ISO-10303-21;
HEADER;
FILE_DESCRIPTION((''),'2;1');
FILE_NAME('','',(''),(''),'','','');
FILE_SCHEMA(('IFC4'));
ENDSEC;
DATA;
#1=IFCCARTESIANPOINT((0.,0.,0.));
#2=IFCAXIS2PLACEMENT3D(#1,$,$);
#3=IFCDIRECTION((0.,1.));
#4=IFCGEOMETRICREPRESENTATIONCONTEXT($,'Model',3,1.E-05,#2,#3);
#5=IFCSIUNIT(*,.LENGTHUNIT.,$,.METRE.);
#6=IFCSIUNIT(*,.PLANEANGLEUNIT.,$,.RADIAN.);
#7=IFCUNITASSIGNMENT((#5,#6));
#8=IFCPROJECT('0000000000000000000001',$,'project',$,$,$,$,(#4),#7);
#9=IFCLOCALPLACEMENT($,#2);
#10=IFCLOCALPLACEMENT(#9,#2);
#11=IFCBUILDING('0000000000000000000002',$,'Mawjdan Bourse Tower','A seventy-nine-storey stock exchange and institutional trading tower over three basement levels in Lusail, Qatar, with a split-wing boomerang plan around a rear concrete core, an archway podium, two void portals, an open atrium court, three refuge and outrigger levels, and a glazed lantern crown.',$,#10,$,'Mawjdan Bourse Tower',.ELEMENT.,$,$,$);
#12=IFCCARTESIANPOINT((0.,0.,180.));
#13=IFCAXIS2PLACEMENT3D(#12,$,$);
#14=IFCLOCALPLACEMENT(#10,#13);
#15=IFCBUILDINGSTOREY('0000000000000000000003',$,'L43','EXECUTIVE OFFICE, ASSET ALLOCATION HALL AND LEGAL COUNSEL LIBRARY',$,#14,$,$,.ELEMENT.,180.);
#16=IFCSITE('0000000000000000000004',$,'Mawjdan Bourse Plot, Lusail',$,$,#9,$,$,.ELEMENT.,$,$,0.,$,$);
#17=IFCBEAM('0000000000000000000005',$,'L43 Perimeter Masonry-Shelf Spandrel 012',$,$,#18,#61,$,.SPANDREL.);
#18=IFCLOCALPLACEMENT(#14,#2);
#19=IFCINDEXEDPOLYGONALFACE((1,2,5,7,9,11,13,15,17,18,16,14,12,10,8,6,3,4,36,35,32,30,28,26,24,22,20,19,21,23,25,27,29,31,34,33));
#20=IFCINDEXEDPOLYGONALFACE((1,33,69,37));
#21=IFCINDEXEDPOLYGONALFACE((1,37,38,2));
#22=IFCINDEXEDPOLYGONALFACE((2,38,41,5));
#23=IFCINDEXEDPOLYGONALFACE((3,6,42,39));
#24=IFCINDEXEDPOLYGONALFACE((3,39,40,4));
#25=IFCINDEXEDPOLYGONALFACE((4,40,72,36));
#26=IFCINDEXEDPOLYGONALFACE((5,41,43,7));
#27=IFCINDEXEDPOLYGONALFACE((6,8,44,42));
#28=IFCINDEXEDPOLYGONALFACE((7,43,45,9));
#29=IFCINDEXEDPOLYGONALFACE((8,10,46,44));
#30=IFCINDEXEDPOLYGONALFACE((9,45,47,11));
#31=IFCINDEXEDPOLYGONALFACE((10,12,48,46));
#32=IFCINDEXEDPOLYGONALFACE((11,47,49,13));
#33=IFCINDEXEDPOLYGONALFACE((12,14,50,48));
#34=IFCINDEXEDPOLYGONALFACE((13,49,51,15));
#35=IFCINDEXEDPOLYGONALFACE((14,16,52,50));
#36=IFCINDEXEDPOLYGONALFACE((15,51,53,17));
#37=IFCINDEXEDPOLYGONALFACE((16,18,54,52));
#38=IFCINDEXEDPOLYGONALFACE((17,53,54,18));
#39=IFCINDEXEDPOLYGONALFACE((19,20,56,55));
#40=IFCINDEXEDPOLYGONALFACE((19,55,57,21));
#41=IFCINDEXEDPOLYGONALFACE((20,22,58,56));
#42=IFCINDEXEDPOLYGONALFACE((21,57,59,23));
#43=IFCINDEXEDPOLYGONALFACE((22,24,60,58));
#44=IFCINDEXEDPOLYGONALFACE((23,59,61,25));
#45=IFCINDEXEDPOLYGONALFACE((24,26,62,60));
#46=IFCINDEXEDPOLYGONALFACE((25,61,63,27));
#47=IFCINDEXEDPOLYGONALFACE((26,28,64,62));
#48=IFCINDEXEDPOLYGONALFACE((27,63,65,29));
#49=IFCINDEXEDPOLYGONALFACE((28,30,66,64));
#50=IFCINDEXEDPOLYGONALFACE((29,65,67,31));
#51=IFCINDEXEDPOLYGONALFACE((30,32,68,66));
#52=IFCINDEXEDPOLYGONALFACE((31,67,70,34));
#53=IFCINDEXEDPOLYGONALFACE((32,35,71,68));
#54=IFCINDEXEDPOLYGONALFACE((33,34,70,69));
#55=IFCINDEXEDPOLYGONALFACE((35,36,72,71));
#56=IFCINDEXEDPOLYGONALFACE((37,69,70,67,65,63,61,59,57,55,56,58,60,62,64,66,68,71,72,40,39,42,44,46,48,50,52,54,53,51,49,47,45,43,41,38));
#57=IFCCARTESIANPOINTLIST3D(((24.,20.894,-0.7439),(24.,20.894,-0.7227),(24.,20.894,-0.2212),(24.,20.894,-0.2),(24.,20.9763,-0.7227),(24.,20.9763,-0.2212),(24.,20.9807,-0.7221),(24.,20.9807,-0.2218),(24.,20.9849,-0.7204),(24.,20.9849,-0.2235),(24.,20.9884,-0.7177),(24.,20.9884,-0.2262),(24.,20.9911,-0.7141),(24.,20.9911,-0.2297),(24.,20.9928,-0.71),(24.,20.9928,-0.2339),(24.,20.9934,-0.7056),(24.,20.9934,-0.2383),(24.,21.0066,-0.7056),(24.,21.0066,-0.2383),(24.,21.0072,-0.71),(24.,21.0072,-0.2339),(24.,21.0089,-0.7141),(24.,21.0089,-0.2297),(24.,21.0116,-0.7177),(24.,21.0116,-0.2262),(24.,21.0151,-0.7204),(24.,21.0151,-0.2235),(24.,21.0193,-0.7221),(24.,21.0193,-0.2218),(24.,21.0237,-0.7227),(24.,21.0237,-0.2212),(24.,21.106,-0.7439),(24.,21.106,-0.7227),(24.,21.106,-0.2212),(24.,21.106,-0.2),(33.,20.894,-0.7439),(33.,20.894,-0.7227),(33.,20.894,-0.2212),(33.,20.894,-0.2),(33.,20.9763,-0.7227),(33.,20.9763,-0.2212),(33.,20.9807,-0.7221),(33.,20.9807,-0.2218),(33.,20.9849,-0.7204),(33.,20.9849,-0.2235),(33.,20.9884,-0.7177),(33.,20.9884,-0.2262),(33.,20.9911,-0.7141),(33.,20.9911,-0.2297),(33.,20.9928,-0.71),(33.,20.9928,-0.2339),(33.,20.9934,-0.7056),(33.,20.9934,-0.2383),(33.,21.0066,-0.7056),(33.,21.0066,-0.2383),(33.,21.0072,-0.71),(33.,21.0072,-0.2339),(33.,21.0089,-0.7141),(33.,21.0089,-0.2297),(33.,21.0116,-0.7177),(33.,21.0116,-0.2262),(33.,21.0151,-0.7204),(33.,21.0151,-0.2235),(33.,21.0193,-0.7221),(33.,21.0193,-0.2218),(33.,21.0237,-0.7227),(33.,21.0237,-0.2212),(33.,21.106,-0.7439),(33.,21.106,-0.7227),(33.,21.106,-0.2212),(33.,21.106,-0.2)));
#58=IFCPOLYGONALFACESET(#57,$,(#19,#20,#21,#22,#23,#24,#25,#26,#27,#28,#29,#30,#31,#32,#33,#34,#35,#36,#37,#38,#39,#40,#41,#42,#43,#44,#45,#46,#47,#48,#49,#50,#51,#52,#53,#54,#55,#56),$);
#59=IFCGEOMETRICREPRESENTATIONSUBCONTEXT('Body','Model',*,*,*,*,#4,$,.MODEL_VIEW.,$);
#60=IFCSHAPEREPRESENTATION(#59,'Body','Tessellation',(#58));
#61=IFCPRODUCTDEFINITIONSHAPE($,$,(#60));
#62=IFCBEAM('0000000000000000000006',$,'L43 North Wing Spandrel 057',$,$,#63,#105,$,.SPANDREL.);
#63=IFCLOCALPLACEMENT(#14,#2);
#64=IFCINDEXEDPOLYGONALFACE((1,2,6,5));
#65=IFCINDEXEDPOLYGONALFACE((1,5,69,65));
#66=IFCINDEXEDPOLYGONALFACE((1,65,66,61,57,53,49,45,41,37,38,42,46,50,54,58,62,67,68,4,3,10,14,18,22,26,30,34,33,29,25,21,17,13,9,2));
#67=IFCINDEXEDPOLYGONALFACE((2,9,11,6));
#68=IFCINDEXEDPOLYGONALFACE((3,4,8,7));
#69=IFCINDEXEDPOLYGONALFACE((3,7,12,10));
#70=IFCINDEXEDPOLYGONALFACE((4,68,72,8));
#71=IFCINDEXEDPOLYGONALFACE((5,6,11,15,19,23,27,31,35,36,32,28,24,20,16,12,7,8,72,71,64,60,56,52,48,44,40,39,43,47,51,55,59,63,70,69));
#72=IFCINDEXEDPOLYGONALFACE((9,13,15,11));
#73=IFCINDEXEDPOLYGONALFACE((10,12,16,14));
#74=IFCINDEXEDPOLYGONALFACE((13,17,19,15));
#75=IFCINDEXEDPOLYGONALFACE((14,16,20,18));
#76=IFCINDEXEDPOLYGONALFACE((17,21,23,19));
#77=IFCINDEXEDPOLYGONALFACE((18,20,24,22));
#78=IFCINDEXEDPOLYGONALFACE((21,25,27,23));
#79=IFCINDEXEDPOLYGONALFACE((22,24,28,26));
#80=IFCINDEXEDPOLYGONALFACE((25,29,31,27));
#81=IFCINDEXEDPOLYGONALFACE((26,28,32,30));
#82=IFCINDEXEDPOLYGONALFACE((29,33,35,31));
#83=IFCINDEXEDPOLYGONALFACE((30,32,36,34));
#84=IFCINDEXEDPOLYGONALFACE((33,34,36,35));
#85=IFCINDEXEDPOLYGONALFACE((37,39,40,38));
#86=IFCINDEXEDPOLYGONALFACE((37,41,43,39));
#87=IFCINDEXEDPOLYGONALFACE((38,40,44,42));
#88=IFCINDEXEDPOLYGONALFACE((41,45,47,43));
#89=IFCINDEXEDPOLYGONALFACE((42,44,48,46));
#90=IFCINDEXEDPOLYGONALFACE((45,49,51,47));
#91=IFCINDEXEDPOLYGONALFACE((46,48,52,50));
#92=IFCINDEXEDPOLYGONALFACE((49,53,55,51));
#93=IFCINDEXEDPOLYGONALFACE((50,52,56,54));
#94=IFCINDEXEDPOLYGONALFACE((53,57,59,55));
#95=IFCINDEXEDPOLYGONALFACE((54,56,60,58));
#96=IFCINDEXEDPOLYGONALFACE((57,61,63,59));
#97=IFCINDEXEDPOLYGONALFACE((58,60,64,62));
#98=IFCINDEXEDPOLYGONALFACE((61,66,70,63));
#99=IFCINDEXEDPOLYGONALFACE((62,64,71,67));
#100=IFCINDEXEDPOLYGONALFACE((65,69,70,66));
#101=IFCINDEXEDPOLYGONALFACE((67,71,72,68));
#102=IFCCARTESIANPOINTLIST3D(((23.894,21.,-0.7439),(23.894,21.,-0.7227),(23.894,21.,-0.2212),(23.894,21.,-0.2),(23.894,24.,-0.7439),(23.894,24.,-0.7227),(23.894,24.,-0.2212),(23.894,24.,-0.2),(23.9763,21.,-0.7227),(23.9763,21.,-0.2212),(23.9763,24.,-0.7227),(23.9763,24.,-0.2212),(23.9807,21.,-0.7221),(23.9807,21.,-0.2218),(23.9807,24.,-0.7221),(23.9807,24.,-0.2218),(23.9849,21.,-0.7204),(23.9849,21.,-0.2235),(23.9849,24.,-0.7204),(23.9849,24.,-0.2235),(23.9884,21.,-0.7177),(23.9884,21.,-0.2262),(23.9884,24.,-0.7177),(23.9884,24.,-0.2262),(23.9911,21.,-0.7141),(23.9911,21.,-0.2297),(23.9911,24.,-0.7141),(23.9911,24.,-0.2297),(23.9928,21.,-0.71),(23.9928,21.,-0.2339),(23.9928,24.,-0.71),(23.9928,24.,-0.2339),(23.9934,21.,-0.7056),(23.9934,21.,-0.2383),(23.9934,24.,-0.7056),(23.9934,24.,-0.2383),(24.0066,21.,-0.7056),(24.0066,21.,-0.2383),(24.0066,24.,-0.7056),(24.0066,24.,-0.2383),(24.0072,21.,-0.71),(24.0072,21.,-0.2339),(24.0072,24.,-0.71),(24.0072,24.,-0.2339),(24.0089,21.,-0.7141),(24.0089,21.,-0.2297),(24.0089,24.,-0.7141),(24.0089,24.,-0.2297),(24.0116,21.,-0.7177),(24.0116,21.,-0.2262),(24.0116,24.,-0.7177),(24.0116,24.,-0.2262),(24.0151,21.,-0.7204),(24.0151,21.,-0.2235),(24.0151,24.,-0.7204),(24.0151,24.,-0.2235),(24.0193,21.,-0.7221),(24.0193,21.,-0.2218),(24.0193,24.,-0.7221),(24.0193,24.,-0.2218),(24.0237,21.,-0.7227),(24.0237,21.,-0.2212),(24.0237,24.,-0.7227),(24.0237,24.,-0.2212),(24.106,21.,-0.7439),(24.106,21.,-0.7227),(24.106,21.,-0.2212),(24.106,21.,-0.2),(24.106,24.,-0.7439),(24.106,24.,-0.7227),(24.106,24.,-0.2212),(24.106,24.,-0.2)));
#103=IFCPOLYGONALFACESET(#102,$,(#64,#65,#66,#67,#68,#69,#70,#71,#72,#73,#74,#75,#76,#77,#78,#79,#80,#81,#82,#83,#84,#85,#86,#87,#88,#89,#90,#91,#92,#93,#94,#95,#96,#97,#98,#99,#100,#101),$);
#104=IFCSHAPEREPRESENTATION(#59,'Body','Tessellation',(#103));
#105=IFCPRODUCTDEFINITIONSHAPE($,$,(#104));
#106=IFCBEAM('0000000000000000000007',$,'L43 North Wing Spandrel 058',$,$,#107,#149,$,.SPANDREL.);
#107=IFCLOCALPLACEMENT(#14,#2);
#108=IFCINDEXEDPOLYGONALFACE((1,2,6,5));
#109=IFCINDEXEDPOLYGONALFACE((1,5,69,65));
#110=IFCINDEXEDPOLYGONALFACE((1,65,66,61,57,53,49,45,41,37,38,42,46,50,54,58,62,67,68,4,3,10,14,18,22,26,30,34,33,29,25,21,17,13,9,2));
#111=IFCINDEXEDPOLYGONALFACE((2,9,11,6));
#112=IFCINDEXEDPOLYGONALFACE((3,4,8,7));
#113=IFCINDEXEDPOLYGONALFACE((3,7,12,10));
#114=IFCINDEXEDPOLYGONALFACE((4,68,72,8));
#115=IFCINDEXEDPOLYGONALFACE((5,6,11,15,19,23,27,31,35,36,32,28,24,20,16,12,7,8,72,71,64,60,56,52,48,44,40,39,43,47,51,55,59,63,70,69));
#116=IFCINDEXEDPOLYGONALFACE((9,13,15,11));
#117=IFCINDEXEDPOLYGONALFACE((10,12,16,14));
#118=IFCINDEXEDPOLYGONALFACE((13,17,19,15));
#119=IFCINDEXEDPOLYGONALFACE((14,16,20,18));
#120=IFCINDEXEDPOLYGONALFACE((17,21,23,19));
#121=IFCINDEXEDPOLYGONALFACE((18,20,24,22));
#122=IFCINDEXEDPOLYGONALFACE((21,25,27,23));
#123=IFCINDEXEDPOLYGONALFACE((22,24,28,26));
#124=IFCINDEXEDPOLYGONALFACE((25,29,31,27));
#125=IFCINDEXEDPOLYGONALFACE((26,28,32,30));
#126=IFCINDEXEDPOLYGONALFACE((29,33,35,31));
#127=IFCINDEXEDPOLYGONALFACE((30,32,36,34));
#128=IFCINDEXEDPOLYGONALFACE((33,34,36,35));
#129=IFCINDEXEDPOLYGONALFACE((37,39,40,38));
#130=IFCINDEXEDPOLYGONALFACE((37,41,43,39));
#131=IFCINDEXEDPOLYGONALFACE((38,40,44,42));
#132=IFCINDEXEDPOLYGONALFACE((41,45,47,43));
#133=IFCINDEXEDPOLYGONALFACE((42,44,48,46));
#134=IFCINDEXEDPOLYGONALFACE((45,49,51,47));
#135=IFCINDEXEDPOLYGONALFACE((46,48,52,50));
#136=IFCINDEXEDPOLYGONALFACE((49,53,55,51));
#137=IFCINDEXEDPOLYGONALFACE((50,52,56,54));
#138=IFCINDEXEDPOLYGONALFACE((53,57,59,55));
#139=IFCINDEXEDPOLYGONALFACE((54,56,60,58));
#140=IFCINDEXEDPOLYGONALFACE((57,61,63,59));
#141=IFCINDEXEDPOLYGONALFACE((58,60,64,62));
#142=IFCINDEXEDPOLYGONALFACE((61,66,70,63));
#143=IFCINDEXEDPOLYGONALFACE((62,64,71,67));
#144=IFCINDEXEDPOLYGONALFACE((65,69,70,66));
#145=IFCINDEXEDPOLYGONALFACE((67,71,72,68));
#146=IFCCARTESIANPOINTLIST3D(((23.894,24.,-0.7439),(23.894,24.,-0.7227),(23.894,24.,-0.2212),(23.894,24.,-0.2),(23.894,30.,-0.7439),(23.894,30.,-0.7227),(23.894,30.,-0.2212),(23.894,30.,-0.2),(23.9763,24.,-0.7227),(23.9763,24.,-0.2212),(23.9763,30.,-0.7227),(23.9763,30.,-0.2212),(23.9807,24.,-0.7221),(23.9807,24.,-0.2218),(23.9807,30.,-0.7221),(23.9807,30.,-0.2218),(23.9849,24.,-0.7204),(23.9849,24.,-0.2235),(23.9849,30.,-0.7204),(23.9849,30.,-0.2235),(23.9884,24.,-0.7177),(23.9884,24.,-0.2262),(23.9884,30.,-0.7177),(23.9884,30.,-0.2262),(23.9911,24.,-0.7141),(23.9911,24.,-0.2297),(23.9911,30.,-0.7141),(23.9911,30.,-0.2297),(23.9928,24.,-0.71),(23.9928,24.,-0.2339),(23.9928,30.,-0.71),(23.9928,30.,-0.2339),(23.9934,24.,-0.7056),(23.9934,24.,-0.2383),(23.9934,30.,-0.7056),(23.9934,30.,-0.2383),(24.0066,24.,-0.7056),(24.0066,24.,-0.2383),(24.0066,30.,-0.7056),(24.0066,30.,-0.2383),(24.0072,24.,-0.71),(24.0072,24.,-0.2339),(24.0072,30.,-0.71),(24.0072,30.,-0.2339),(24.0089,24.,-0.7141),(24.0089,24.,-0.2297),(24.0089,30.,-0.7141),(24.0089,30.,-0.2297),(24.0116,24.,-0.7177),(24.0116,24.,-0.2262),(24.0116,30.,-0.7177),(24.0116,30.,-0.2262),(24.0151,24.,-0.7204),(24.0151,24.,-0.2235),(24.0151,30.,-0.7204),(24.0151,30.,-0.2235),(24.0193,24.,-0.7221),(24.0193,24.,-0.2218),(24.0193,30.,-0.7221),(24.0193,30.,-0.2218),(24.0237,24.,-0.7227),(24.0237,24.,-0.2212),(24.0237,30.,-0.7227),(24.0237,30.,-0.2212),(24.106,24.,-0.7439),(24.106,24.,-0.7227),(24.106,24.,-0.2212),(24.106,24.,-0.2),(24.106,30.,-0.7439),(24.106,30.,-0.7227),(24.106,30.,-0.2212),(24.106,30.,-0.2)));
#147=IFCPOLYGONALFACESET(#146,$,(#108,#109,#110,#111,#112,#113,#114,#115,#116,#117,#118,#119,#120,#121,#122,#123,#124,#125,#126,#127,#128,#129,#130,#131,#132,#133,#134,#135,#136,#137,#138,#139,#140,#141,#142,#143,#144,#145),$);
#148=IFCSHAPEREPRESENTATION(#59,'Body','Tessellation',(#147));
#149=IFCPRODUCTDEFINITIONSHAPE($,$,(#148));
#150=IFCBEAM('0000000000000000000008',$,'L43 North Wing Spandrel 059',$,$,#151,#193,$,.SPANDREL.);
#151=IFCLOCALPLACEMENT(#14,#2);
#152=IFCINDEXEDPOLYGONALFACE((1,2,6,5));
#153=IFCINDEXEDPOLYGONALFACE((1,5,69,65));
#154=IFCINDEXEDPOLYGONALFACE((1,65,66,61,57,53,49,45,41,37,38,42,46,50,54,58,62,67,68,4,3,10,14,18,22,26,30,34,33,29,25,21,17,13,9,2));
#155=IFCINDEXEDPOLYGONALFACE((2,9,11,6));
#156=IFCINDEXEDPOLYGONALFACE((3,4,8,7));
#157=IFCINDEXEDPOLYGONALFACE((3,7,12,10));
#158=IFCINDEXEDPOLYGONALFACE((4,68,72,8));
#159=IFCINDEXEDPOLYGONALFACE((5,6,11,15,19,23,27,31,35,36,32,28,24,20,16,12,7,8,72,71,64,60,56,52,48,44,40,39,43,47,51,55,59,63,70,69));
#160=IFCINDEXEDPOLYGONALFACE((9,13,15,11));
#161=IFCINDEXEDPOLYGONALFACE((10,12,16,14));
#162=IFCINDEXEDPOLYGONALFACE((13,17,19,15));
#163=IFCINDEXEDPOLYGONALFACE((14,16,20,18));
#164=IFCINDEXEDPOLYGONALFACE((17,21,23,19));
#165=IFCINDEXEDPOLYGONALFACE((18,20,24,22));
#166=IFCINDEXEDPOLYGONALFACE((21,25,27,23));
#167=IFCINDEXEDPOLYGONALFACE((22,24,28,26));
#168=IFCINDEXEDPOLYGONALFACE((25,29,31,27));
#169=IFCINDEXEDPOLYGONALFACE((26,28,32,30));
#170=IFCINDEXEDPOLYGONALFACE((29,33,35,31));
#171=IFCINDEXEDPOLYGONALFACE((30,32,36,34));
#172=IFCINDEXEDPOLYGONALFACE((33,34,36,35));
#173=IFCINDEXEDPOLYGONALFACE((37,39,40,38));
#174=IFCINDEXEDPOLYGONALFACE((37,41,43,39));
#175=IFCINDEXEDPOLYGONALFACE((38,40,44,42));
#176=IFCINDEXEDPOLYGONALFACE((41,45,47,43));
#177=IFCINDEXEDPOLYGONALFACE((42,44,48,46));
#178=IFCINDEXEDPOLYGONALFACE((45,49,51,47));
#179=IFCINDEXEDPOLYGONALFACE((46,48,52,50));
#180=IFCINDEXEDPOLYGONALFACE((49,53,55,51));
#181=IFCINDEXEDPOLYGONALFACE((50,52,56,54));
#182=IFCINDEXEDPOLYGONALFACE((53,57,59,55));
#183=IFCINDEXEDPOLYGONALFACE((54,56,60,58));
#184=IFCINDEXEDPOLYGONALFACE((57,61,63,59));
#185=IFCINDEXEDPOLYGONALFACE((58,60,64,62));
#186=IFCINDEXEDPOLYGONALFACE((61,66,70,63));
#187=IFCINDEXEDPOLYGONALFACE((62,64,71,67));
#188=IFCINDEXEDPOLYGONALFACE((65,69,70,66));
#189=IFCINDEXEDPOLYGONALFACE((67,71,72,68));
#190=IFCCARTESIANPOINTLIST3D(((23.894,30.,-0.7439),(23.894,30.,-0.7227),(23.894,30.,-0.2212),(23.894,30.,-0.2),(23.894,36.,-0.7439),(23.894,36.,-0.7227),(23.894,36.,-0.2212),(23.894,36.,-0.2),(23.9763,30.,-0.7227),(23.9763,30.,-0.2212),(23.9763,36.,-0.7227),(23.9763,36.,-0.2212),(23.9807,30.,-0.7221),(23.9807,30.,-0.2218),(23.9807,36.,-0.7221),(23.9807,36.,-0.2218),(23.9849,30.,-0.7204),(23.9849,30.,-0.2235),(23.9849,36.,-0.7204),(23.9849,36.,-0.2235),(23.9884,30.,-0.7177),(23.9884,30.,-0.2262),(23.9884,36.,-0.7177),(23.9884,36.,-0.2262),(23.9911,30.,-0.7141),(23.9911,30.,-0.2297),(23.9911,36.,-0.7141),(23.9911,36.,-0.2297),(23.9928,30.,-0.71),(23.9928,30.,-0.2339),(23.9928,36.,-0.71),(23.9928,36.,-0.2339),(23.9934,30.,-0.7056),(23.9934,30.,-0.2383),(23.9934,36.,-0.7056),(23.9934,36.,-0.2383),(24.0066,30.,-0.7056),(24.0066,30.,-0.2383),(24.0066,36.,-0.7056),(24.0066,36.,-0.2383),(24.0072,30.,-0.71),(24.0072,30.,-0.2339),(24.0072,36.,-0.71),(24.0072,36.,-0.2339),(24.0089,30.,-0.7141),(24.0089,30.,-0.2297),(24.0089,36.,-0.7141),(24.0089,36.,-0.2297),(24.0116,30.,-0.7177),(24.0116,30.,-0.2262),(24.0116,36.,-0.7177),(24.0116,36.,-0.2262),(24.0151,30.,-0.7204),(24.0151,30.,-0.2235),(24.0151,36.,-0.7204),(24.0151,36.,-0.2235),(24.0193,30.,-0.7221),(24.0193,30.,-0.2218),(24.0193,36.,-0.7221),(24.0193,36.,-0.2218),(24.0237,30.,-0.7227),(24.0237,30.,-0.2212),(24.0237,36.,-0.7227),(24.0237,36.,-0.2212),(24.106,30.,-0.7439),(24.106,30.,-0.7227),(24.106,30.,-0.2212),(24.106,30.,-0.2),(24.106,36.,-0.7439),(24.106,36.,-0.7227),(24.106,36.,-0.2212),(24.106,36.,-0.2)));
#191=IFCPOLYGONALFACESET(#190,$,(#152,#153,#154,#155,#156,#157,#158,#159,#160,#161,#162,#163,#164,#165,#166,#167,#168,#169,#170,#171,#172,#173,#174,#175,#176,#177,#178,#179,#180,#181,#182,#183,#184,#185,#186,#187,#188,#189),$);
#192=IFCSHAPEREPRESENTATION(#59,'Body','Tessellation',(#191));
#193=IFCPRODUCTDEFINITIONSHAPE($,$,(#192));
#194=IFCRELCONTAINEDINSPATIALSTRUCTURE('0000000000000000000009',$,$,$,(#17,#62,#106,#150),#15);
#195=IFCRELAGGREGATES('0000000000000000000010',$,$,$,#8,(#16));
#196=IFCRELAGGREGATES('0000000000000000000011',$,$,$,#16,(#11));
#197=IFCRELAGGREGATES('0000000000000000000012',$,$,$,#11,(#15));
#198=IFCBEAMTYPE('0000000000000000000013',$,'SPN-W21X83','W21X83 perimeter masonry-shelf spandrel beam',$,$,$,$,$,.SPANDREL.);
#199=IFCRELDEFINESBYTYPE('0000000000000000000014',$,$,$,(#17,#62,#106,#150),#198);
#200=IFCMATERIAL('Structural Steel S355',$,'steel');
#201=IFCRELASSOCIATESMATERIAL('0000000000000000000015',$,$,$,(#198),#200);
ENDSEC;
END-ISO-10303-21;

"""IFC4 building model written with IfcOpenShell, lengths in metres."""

from ifc_helpers import new_model, si_unit, direction, frame, origin, origin_2d, place, context, subcontext, project, spatial, i_section, extrude, material, material_profile, profile_set, type_object, element, save


model = new_model("IFC4")

# Units and contexts
model_context = context("Model", 3, precision=1e-05, world=origin(), true_north=direction((0.0, 1.0)))
body_context = subcontext(model_context, "Body", "Model", "MODEL_VIEW")
ifc_project = project(units=[si_unit("LENGTHUNIT", "METRE"), si_unit("PLANEANGLEUNIT", "RADIAN")], contexts=[model_context])

# Site, building, storey
site_placement = place(None, origin())
site = spatial("IfcSite", under=ifc_project, at=site_placement, Name="Mawjdan Bourse Plot, Lusail", CompositionType="ELEMENT", RefElevation=0.0)
building_placement = place(site_placement, origin())
building = spatial("IfcBuilding", under=site, at=building_placement, Name="Mawjdan Bourse Tower", Description="A seventy-nine-storey stock exchange and institutional trading tower over three basement levels in Lusail, Qatar, with a split-wing boomerang plan around a rear concrete core, an archway podium, two void portals, an open atrium court, three refuge and outrigger levels, and a glazed lantern crown.", LongName="Mawjdan Bourse Tower", CompositionType="ELEMENT")
storey_placement = place(building_placement, frame((0.0, 0.0, 180.0)))
storey = spatial("IfcBuildingStorey", under=building, at=storey_placement, Name="L43", Description="EXECUTIVE OFFICE, ASSET ALLOCATION HALL AND LEGAL COUNSEL LIBRARY", CompositionType="ELEMENT", Elevation=180.0)

# Beams
ifc_material_1 = material(Name="Structural Steel S355", Category="steel")
ifc_material_profile_1 = material_profile(ifc_material_1, i_section(OverallWidth=0.2119, OverallDepth=0.5439, WebThickness=0.0132, FlangeThickness=0.0212, FilletRadius=0.0171, at=origin_2d()), Name="W21X83")
ifc_profile_set_1 = profile_set([ifc_material_profile_1], Name="Structural Steel S355")
beam_type_1 = type_object("IfcBeamType", Name="SPN-W21X83", Description="W21X83 perimeter masonry-shelf spandrel beam", PredefinedType="SPANDREL", material=ifc_profile_set_1)
beam_1_placement = place(storey_placement, frame((24.0, 21.0, -0.4719), z_axis=(1.0, 0.0, 0.0), x_axis=(0.0, 1.0, 0.0)))
element("IfcBeam", 1, at=beam_1_placement, inside=storey, type_object=beam_type_1, Name="L43 Perimeter Masonry-Shelf Spandrel 012", PredefinedType="SPANDREL", context=body_context, shape_type="SweptSolid", body=[
    extrude(i_section(OverallWidth=0.2119, OverallDepth=0.5439, WebThickness=0.0132, FlangeThickness=0.0212, FilletRadius=0.0171, at=origin_2d()), origin(), (0.0, 0.0, 1.0), 9.0),
])
beam_2_placement = place(storey_placement, frame((24.0, 21.0, -0.4719), z_axis=(0.0, 1.0, 0.0), x_axis=(-1.0, 0.0, 0.0)))
element("IfcBeam", 2, at=beam_2_placement, inside=storey, type_object=beam_type_1, Name="L43 North Wing Spandrel 057", PredefinedType="SPANDREL", context=body_context, shape_type="SweptSolid", body=[
    extrude(i_section(OverallWidth=0.2119, OverallDepth=0.5439, WebThickness=0.0132, FlangeThickness=0.0212, FilletRadius=0.0171, at=origin_2d()), origin(), (0.0, 0.0, 1.0), 3.0),
])
for number, where, z_axis, x_axis, name in (
    (3, (24.0, 24.0, -0.4719), (0.0, 1.0, 0.0), (-1.0, 0.0, 0.0), "L43 North Wing Spandrel 058"),
    (4, (24.0, 30.0, -0.4719), (0.0, 1.0, 0.0), (-1.0, 0.0, 0.0), "L43 North Wing Spandrel 059"),
):
    element("IfcBeam", number, at=place(storey_placement, frame(where, z_axis=z_axis, x_axis=x_axis)), inside=storey, type_object=beam_type_1, Name=name, PredefinedType="SPANDREL", context=body_context, shape_type="SweptSolid", body=[
        extrude(i_section(OverallWidth=0.2119, OverallDepth=0.5439, WebThickness=0.0132, FlangeThickness=0.0212, FilletRadius=0.0171, at=origin_2d()), origin(), (0.0, 0.0, 1.0), 6.0),
    ])

save(model, "model.ifc")
